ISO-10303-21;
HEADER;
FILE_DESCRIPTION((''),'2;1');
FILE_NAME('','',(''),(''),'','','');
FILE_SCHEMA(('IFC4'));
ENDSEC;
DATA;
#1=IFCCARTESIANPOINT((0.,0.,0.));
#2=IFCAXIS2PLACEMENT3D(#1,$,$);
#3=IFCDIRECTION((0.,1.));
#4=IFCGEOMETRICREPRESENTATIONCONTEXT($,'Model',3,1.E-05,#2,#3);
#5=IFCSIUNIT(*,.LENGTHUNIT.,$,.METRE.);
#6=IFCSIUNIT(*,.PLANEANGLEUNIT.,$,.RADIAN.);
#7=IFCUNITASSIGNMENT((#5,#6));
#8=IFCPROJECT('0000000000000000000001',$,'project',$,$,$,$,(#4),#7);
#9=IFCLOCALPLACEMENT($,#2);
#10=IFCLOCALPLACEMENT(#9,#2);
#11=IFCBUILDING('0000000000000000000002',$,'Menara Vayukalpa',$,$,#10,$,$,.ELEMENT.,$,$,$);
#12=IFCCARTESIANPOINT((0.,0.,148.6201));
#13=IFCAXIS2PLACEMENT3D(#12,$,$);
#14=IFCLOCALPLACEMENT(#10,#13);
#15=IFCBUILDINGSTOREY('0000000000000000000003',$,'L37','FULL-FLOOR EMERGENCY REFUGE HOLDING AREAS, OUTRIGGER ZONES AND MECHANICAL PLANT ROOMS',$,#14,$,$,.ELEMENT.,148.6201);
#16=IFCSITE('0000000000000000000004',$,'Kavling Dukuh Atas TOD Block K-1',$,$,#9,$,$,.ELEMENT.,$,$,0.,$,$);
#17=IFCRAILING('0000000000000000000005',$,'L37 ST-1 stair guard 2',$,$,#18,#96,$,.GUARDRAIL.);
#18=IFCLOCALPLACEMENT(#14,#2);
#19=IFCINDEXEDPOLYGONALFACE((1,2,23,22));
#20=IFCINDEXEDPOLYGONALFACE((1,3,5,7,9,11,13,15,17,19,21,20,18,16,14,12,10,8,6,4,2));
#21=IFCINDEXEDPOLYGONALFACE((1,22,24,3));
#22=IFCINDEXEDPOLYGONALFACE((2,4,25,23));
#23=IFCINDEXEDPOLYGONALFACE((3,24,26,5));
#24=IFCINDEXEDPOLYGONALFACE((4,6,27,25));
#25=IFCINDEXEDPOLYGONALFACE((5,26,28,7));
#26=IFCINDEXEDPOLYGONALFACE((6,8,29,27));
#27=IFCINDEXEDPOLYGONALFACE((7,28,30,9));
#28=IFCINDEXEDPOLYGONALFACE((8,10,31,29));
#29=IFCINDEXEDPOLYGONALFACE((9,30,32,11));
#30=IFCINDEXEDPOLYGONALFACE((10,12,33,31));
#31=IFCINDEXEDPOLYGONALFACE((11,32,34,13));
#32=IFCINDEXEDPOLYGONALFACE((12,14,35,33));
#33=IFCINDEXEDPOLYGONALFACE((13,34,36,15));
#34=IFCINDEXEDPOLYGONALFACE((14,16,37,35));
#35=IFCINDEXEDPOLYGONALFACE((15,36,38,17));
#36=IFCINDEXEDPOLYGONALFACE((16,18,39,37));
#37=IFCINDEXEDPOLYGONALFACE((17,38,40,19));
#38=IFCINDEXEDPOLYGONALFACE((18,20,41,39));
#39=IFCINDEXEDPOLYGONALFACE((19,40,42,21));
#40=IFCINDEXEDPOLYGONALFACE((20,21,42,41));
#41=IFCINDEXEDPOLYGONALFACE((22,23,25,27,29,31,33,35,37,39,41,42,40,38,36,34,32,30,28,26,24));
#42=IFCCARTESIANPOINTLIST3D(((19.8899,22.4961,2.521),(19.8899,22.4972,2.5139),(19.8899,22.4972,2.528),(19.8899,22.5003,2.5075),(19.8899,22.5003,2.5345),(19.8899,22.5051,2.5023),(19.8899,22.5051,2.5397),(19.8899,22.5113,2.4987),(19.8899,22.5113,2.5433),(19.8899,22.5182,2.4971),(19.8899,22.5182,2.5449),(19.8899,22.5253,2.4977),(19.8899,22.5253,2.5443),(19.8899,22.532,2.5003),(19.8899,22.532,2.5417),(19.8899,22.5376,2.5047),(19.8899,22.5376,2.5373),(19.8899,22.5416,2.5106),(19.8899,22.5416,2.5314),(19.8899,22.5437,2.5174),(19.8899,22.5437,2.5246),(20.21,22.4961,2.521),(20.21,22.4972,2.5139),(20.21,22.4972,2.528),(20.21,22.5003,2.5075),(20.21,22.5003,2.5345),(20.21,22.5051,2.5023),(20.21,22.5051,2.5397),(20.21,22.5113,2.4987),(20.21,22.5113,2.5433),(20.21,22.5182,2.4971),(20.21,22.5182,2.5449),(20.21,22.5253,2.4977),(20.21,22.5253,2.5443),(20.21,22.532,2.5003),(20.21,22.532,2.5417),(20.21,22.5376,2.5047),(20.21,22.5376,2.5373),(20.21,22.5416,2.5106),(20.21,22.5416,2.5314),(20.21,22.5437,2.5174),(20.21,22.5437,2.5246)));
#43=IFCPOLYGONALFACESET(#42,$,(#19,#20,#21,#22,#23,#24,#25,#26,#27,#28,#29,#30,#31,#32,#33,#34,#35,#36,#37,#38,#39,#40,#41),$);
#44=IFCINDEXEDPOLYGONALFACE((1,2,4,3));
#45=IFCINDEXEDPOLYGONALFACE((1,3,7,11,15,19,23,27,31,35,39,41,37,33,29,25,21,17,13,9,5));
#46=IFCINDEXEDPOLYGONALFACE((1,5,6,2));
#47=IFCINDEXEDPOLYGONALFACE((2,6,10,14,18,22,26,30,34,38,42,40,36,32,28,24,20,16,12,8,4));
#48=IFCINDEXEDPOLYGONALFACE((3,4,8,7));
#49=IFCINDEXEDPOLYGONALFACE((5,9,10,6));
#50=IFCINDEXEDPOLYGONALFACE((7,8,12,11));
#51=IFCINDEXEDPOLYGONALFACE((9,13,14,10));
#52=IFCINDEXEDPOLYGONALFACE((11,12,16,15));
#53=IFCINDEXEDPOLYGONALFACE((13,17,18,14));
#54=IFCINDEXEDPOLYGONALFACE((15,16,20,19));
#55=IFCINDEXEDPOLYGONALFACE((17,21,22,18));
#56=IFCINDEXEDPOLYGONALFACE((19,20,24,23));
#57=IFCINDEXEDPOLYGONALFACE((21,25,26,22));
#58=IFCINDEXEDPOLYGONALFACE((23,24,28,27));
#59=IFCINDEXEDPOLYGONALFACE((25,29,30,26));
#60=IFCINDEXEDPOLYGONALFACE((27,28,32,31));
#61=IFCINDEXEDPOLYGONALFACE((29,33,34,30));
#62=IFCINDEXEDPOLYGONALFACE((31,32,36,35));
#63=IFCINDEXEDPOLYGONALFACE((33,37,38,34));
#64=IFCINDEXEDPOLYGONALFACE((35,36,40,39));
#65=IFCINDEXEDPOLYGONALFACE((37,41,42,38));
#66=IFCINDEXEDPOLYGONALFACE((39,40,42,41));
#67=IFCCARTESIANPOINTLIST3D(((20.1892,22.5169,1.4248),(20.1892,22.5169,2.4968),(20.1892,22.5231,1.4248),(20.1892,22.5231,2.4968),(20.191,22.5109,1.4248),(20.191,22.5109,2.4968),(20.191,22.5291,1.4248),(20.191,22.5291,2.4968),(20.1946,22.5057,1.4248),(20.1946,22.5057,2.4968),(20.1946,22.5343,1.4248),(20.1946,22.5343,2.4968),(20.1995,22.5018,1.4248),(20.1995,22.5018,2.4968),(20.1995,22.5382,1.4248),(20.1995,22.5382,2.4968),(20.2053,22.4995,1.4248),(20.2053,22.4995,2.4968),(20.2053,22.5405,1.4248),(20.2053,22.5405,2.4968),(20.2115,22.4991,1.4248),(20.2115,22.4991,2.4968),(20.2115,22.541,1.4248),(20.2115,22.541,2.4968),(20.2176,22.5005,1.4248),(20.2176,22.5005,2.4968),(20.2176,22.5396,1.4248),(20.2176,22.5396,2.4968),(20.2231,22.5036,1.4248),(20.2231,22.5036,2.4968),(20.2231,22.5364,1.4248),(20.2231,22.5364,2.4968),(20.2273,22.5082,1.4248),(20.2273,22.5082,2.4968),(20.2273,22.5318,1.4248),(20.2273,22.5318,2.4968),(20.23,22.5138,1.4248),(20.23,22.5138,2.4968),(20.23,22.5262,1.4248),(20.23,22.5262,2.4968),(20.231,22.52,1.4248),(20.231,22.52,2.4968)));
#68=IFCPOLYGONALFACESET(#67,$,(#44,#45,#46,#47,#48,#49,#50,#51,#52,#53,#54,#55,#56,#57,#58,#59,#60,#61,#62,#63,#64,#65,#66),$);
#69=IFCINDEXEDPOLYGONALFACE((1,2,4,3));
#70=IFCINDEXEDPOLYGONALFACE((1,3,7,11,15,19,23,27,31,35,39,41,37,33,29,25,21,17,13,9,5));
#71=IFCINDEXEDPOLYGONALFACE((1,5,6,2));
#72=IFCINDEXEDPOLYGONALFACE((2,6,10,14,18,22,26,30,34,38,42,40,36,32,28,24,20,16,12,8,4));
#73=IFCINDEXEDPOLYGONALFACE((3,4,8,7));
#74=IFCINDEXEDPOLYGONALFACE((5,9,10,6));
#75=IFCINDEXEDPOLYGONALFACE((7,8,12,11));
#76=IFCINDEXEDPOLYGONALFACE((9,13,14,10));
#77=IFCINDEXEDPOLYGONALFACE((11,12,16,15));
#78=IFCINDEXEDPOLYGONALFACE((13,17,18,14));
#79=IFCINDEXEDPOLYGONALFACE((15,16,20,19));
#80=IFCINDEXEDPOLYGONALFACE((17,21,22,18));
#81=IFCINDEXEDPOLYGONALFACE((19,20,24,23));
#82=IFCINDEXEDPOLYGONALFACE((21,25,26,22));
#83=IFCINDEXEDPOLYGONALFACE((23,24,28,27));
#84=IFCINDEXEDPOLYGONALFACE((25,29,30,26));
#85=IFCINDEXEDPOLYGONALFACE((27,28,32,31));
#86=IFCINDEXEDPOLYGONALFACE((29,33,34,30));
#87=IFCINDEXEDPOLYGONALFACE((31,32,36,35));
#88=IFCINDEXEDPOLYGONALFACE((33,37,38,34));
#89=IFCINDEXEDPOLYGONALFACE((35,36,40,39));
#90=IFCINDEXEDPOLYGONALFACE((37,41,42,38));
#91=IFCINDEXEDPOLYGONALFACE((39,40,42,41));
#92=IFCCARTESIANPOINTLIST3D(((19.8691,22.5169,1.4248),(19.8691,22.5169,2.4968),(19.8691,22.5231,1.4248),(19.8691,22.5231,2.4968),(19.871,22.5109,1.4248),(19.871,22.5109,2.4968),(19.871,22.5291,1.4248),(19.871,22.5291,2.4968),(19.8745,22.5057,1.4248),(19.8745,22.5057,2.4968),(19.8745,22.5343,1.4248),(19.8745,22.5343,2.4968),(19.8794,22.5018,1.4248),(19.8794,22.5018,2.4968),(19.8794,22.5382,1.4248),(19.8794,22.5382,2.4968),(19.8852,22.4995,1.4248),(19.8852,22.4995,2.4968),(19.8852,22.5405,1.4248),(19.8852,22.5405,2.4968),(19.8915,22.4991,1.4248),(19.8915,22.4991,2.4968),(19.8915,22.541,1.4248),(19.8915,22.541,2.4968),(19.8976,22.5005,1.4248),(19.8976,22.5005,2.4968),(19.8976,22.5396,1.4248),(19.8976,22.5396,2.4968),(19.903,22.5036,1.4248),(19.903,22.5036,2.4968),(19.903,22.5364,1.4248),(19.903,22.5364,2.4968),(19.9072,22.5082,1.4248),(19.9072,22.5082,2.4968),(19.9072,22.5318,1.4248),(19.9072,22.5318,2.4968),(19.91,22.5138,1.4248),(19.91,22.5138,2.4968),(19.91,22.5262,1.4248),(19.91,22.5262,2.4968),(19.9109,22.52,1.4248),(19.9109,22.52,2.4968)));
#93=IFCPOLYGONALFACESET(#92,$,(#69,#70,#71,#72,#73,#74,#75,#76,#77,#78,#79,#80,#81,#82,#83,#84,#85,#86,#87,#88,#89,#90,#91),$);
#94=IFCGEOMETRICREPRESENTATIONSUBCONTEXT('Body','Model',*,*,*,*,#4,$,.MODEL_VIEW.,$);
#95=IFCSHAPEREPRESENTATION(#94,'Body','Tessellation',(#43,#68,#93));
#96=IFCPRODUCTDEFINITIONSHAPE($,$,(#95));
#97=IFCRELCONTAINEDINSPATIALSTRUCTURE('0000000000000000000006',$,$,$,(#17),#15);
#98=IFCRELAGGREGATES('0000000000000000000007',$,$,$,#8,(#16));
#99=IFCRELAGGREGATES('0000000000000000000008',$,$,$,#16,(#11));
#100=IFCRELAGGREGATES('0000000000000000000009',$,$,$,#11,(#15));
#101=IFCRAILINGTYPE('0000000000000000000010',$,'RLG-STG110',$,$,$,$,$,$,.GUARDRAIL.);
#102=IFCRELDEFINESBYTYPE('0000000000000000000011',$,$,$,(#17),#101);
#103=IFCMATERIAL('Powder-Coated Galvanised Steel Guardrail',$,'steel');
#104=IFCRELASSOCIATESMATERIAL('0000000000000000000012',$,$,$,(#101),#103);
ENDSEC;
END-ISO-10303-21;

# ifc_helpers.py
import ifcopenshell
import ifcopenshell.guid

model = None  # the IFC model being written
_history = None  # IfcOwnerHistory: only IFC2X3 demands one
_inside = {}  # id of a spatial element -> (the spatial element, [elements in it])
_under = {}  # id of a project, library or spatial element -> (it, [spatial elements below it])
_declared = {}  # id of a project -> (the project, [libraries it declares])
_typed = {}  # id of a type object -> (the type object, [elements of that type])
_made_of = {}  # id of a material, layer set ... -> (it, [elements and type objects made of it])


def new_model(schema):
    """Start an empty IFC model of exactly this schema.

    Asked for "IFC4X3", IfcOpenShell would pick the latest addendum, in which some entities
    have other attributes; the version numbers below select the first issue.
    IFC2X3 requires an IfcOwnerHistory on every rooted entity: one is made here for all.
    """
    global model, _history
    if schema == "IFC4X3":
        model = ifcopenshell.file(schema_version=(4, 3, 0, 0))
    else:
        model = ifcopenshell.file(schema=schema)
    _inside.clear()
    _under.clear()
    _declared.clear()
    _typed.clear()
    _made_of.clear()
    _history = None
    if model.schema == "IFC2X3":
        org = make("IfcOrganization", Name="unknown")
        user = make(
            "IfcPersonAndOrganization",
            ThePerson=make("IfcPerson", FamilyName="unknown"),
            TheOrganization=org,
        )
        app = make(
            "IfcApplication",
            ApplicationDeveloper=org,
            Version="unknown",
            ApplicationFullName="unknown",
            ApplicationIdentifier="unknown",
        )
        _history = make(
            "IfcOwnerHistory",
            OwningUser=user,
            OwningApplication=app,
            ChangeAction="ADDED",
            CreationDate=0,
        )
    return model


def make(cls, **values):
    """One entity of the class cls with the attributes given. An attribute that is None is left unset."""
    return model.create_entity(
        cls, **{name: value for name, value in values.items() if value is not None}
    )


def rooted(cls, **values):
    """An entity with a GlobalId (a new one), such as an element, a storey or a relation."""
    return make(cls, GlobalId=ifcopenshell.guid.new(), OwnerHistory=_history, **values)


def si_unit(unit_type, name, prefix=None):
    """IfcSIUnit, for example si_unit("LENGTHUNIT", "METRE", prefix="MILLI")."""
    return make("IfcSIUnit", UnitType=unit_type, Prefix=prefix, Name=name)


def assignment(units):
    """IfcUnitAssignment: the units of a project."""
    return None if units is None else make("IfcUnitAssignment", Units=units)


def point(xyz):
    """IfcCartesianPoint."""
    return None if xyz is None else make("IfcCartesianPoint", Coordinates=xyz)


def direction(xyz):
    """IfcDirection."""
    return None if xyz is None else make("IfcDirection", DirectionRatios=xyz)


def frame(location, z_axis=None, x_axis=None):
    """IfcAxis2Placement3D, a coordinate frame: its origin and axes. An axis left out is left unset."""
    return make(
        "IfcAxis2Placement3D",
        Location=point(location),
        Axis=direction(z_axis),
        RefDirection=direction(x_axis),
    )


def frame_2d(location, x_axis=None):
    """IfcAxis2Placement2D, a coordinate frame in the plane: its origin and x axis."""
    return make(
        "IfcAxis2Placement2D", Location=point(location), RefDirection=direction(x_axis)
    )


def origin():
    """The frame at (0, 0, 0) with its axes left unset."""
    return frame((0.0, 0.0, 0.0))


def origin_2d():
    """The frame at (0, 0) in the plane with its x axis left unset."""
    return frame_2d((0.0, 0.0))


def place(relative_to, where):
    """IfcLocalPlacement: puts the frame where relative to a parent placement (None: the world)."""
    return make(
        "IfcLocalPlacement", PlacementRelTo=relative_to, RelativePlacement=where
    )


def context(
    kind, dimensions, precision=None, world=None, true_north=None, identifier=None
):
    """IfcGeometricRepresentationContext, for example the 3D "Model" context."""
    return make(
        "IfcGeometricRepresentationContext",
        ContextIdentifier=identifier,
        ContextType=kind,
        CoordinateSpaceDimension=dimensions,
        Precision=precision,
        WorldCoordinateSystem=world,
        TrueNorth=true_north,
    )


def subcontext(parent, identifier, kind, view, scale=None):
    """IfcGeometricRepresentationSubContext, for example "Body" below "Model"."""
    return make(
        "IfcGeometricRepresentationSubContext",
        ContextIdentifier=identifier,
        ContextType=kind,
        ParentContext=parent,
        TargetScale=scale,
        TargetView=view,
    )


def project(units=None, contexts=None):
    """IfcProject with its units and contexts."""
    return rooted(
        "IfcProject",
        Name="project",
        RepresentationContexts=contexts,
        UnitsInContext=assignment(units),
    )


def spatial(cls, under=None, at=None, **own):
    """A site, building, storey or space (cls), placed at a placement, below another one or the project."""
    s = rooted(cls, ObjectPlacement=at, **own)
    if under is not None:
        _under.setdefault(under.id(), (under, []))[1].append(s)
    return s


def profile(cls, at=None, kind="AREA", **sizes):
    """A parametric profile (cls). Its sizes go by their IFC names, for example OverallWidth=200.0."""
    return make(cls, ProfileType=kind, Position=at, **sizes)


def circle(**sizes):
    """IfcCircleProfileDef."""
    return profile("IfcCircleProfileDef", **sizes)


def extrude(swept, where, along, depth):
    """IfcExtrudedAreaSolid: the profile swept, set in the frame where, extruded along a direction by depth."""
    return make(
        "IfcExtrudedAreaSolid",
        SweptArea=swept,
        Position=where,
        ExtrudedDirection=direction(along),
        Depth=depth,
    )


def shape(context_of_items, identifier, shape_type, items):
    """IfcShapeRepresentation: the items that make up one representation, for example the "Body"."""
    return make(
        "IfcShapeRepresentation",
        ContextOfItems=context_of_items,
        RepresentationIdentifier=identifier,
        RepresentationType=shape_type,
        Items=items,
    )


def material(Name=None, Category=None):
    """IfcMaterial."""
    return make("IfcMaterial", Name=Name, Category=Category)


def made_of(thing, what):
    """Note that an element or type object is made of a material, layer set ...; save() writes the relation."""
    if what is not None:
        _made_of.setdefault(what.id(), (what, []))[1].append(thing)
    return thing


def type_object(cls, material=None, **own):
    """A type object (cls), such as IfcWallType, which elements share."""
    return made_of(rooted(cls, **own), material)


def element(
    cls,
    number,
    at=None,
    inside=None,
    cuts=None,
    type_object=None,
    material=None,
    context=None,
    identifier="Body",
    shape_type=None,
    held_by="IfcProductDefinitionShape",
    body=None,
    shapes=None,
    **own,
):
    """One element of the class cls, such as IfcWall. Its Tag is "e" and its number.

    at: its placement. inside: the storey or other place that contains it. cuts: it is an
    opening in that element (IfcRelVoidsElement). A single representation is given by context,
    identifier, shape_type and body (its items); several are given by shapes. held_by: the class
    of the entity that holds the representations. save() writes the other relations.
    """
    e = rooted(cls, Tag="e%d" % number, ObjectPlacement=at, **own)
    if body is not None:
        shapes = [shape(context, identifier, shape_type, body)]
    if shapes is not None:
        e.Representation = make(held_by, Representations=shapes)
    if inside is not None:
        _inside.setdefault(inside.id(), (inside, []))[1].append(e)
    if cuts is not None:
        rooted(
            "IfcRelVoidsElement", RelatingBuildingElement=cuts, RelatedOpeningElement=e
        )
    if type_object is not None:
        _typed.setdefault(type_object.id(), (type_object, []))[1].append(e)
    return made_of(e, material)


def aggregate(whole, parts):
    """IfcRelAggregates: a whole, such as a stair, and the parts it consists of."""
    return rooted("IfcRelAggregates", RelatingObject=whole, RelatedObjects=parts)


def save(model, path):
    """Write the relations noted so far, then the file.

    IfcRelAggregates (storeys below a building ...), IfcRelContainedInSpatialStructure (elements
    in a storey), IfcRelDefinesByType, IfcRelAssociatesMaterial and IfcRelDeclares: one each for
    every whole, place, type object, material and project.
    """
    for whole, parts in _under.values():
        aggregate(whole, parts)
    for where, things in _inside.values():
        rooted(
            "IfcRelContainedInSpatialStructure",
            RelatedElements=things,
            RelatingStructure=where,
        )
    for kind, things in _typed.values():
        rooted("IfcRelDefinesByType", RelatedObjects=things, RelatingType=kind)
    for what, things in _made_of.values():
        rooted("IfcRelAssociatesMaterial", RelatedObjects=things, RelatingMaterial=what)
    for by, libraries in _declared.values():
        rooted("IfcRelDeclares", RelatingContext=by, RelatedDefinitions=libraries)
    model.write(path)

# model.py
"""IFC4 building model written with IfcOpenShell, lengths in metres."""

from ifc_helpers import new_model, si_unit, direction, frame, origin, origin_2d, place, context, subcontext, project, spatial, circle, extrude, material, type_object, element, save


model = new_model("IFC4")

# Units and contexts
model_context = context("Model", 3, precision=1e-05, world=origin(), true_north=direction((0.0, 1.0)))
body_context = subcontext(model_context, "Body", "Model", "MODEL_VIEW")
ifc_project = project(units=[si_unit("LENGTHUNIT", "METRE"), si_unit("PLANEANGLEUNIT", "RADIAN")], contexts=[model_context])

# Site, building, storey
site_placement = place(None, origin())
site = spatial("IfcSite", under=ifc_project, at=site_placement, Name="Kavling Dukuh Atas TOD Block K-1", CompositionType="ELEMENT", RefElevation=0.0)
building_placement = place(site_placement, origin())
building = spatial("IfcBuilding", under=site, at=building_placement, Name="Menara Vayukalpa", CompositionType="ELEMENT")
storey_placement = place(building_placement, frame((0.0, 0.0, 148.6201)))
storey = spatial("IfcBuildingStorey", under=building, at=storey_placement, Name="L37", Description="FULL-FLOOR EMERGENCY REFUGE HOLDING AREAS, OUTRIGGER ZONES AND MECHANICAL PLANT ROOMS", CompositionType="ELEMENT", Elevation=148.6201)

# Railing
ifc_material_1 = material(Name="Powder-Coated Galvanised Steel Guardrail", Category="steel")
railing_type_1 = type_object("IfcRailingType", Name="RLG-STG110", PredefinedType="GUARDRAIL", material=ifc_material_1)
railing_1_placement = place(storey_placement, frame((20.21, 22.52, 1.4248)))
element("IfcRailing", 1, at=railing_1_placement, inside=storey, type_object=railing_type_1, Name="L37 ST-1 stair guard 2", PredefinedType="GUARDRAIL", context=body_context, shape_type="SweptSolid", body=[
    extrude(circle(Radius=0.0239, at=origin_2d()), frame((0.0, 0.0, 1.0962), z_axis=(-1.0, 0.0, 0.0), x_axis=(0.0, -1.0, 0.0)), (0.0, 0.0, 1.0), 0.3201),
    extrude(circle(Radius=0.021, at=origin_2d()), origin(), (0.0, 0.0, 1.0), 1.072),
    extrude(circle(Radius=0.021, at=origin_2d()), frame((-0.3201, 0.0, 0.0)), (0.0, 0.0, 1.0), 1.072),
])

save(model, "model.ifc")
